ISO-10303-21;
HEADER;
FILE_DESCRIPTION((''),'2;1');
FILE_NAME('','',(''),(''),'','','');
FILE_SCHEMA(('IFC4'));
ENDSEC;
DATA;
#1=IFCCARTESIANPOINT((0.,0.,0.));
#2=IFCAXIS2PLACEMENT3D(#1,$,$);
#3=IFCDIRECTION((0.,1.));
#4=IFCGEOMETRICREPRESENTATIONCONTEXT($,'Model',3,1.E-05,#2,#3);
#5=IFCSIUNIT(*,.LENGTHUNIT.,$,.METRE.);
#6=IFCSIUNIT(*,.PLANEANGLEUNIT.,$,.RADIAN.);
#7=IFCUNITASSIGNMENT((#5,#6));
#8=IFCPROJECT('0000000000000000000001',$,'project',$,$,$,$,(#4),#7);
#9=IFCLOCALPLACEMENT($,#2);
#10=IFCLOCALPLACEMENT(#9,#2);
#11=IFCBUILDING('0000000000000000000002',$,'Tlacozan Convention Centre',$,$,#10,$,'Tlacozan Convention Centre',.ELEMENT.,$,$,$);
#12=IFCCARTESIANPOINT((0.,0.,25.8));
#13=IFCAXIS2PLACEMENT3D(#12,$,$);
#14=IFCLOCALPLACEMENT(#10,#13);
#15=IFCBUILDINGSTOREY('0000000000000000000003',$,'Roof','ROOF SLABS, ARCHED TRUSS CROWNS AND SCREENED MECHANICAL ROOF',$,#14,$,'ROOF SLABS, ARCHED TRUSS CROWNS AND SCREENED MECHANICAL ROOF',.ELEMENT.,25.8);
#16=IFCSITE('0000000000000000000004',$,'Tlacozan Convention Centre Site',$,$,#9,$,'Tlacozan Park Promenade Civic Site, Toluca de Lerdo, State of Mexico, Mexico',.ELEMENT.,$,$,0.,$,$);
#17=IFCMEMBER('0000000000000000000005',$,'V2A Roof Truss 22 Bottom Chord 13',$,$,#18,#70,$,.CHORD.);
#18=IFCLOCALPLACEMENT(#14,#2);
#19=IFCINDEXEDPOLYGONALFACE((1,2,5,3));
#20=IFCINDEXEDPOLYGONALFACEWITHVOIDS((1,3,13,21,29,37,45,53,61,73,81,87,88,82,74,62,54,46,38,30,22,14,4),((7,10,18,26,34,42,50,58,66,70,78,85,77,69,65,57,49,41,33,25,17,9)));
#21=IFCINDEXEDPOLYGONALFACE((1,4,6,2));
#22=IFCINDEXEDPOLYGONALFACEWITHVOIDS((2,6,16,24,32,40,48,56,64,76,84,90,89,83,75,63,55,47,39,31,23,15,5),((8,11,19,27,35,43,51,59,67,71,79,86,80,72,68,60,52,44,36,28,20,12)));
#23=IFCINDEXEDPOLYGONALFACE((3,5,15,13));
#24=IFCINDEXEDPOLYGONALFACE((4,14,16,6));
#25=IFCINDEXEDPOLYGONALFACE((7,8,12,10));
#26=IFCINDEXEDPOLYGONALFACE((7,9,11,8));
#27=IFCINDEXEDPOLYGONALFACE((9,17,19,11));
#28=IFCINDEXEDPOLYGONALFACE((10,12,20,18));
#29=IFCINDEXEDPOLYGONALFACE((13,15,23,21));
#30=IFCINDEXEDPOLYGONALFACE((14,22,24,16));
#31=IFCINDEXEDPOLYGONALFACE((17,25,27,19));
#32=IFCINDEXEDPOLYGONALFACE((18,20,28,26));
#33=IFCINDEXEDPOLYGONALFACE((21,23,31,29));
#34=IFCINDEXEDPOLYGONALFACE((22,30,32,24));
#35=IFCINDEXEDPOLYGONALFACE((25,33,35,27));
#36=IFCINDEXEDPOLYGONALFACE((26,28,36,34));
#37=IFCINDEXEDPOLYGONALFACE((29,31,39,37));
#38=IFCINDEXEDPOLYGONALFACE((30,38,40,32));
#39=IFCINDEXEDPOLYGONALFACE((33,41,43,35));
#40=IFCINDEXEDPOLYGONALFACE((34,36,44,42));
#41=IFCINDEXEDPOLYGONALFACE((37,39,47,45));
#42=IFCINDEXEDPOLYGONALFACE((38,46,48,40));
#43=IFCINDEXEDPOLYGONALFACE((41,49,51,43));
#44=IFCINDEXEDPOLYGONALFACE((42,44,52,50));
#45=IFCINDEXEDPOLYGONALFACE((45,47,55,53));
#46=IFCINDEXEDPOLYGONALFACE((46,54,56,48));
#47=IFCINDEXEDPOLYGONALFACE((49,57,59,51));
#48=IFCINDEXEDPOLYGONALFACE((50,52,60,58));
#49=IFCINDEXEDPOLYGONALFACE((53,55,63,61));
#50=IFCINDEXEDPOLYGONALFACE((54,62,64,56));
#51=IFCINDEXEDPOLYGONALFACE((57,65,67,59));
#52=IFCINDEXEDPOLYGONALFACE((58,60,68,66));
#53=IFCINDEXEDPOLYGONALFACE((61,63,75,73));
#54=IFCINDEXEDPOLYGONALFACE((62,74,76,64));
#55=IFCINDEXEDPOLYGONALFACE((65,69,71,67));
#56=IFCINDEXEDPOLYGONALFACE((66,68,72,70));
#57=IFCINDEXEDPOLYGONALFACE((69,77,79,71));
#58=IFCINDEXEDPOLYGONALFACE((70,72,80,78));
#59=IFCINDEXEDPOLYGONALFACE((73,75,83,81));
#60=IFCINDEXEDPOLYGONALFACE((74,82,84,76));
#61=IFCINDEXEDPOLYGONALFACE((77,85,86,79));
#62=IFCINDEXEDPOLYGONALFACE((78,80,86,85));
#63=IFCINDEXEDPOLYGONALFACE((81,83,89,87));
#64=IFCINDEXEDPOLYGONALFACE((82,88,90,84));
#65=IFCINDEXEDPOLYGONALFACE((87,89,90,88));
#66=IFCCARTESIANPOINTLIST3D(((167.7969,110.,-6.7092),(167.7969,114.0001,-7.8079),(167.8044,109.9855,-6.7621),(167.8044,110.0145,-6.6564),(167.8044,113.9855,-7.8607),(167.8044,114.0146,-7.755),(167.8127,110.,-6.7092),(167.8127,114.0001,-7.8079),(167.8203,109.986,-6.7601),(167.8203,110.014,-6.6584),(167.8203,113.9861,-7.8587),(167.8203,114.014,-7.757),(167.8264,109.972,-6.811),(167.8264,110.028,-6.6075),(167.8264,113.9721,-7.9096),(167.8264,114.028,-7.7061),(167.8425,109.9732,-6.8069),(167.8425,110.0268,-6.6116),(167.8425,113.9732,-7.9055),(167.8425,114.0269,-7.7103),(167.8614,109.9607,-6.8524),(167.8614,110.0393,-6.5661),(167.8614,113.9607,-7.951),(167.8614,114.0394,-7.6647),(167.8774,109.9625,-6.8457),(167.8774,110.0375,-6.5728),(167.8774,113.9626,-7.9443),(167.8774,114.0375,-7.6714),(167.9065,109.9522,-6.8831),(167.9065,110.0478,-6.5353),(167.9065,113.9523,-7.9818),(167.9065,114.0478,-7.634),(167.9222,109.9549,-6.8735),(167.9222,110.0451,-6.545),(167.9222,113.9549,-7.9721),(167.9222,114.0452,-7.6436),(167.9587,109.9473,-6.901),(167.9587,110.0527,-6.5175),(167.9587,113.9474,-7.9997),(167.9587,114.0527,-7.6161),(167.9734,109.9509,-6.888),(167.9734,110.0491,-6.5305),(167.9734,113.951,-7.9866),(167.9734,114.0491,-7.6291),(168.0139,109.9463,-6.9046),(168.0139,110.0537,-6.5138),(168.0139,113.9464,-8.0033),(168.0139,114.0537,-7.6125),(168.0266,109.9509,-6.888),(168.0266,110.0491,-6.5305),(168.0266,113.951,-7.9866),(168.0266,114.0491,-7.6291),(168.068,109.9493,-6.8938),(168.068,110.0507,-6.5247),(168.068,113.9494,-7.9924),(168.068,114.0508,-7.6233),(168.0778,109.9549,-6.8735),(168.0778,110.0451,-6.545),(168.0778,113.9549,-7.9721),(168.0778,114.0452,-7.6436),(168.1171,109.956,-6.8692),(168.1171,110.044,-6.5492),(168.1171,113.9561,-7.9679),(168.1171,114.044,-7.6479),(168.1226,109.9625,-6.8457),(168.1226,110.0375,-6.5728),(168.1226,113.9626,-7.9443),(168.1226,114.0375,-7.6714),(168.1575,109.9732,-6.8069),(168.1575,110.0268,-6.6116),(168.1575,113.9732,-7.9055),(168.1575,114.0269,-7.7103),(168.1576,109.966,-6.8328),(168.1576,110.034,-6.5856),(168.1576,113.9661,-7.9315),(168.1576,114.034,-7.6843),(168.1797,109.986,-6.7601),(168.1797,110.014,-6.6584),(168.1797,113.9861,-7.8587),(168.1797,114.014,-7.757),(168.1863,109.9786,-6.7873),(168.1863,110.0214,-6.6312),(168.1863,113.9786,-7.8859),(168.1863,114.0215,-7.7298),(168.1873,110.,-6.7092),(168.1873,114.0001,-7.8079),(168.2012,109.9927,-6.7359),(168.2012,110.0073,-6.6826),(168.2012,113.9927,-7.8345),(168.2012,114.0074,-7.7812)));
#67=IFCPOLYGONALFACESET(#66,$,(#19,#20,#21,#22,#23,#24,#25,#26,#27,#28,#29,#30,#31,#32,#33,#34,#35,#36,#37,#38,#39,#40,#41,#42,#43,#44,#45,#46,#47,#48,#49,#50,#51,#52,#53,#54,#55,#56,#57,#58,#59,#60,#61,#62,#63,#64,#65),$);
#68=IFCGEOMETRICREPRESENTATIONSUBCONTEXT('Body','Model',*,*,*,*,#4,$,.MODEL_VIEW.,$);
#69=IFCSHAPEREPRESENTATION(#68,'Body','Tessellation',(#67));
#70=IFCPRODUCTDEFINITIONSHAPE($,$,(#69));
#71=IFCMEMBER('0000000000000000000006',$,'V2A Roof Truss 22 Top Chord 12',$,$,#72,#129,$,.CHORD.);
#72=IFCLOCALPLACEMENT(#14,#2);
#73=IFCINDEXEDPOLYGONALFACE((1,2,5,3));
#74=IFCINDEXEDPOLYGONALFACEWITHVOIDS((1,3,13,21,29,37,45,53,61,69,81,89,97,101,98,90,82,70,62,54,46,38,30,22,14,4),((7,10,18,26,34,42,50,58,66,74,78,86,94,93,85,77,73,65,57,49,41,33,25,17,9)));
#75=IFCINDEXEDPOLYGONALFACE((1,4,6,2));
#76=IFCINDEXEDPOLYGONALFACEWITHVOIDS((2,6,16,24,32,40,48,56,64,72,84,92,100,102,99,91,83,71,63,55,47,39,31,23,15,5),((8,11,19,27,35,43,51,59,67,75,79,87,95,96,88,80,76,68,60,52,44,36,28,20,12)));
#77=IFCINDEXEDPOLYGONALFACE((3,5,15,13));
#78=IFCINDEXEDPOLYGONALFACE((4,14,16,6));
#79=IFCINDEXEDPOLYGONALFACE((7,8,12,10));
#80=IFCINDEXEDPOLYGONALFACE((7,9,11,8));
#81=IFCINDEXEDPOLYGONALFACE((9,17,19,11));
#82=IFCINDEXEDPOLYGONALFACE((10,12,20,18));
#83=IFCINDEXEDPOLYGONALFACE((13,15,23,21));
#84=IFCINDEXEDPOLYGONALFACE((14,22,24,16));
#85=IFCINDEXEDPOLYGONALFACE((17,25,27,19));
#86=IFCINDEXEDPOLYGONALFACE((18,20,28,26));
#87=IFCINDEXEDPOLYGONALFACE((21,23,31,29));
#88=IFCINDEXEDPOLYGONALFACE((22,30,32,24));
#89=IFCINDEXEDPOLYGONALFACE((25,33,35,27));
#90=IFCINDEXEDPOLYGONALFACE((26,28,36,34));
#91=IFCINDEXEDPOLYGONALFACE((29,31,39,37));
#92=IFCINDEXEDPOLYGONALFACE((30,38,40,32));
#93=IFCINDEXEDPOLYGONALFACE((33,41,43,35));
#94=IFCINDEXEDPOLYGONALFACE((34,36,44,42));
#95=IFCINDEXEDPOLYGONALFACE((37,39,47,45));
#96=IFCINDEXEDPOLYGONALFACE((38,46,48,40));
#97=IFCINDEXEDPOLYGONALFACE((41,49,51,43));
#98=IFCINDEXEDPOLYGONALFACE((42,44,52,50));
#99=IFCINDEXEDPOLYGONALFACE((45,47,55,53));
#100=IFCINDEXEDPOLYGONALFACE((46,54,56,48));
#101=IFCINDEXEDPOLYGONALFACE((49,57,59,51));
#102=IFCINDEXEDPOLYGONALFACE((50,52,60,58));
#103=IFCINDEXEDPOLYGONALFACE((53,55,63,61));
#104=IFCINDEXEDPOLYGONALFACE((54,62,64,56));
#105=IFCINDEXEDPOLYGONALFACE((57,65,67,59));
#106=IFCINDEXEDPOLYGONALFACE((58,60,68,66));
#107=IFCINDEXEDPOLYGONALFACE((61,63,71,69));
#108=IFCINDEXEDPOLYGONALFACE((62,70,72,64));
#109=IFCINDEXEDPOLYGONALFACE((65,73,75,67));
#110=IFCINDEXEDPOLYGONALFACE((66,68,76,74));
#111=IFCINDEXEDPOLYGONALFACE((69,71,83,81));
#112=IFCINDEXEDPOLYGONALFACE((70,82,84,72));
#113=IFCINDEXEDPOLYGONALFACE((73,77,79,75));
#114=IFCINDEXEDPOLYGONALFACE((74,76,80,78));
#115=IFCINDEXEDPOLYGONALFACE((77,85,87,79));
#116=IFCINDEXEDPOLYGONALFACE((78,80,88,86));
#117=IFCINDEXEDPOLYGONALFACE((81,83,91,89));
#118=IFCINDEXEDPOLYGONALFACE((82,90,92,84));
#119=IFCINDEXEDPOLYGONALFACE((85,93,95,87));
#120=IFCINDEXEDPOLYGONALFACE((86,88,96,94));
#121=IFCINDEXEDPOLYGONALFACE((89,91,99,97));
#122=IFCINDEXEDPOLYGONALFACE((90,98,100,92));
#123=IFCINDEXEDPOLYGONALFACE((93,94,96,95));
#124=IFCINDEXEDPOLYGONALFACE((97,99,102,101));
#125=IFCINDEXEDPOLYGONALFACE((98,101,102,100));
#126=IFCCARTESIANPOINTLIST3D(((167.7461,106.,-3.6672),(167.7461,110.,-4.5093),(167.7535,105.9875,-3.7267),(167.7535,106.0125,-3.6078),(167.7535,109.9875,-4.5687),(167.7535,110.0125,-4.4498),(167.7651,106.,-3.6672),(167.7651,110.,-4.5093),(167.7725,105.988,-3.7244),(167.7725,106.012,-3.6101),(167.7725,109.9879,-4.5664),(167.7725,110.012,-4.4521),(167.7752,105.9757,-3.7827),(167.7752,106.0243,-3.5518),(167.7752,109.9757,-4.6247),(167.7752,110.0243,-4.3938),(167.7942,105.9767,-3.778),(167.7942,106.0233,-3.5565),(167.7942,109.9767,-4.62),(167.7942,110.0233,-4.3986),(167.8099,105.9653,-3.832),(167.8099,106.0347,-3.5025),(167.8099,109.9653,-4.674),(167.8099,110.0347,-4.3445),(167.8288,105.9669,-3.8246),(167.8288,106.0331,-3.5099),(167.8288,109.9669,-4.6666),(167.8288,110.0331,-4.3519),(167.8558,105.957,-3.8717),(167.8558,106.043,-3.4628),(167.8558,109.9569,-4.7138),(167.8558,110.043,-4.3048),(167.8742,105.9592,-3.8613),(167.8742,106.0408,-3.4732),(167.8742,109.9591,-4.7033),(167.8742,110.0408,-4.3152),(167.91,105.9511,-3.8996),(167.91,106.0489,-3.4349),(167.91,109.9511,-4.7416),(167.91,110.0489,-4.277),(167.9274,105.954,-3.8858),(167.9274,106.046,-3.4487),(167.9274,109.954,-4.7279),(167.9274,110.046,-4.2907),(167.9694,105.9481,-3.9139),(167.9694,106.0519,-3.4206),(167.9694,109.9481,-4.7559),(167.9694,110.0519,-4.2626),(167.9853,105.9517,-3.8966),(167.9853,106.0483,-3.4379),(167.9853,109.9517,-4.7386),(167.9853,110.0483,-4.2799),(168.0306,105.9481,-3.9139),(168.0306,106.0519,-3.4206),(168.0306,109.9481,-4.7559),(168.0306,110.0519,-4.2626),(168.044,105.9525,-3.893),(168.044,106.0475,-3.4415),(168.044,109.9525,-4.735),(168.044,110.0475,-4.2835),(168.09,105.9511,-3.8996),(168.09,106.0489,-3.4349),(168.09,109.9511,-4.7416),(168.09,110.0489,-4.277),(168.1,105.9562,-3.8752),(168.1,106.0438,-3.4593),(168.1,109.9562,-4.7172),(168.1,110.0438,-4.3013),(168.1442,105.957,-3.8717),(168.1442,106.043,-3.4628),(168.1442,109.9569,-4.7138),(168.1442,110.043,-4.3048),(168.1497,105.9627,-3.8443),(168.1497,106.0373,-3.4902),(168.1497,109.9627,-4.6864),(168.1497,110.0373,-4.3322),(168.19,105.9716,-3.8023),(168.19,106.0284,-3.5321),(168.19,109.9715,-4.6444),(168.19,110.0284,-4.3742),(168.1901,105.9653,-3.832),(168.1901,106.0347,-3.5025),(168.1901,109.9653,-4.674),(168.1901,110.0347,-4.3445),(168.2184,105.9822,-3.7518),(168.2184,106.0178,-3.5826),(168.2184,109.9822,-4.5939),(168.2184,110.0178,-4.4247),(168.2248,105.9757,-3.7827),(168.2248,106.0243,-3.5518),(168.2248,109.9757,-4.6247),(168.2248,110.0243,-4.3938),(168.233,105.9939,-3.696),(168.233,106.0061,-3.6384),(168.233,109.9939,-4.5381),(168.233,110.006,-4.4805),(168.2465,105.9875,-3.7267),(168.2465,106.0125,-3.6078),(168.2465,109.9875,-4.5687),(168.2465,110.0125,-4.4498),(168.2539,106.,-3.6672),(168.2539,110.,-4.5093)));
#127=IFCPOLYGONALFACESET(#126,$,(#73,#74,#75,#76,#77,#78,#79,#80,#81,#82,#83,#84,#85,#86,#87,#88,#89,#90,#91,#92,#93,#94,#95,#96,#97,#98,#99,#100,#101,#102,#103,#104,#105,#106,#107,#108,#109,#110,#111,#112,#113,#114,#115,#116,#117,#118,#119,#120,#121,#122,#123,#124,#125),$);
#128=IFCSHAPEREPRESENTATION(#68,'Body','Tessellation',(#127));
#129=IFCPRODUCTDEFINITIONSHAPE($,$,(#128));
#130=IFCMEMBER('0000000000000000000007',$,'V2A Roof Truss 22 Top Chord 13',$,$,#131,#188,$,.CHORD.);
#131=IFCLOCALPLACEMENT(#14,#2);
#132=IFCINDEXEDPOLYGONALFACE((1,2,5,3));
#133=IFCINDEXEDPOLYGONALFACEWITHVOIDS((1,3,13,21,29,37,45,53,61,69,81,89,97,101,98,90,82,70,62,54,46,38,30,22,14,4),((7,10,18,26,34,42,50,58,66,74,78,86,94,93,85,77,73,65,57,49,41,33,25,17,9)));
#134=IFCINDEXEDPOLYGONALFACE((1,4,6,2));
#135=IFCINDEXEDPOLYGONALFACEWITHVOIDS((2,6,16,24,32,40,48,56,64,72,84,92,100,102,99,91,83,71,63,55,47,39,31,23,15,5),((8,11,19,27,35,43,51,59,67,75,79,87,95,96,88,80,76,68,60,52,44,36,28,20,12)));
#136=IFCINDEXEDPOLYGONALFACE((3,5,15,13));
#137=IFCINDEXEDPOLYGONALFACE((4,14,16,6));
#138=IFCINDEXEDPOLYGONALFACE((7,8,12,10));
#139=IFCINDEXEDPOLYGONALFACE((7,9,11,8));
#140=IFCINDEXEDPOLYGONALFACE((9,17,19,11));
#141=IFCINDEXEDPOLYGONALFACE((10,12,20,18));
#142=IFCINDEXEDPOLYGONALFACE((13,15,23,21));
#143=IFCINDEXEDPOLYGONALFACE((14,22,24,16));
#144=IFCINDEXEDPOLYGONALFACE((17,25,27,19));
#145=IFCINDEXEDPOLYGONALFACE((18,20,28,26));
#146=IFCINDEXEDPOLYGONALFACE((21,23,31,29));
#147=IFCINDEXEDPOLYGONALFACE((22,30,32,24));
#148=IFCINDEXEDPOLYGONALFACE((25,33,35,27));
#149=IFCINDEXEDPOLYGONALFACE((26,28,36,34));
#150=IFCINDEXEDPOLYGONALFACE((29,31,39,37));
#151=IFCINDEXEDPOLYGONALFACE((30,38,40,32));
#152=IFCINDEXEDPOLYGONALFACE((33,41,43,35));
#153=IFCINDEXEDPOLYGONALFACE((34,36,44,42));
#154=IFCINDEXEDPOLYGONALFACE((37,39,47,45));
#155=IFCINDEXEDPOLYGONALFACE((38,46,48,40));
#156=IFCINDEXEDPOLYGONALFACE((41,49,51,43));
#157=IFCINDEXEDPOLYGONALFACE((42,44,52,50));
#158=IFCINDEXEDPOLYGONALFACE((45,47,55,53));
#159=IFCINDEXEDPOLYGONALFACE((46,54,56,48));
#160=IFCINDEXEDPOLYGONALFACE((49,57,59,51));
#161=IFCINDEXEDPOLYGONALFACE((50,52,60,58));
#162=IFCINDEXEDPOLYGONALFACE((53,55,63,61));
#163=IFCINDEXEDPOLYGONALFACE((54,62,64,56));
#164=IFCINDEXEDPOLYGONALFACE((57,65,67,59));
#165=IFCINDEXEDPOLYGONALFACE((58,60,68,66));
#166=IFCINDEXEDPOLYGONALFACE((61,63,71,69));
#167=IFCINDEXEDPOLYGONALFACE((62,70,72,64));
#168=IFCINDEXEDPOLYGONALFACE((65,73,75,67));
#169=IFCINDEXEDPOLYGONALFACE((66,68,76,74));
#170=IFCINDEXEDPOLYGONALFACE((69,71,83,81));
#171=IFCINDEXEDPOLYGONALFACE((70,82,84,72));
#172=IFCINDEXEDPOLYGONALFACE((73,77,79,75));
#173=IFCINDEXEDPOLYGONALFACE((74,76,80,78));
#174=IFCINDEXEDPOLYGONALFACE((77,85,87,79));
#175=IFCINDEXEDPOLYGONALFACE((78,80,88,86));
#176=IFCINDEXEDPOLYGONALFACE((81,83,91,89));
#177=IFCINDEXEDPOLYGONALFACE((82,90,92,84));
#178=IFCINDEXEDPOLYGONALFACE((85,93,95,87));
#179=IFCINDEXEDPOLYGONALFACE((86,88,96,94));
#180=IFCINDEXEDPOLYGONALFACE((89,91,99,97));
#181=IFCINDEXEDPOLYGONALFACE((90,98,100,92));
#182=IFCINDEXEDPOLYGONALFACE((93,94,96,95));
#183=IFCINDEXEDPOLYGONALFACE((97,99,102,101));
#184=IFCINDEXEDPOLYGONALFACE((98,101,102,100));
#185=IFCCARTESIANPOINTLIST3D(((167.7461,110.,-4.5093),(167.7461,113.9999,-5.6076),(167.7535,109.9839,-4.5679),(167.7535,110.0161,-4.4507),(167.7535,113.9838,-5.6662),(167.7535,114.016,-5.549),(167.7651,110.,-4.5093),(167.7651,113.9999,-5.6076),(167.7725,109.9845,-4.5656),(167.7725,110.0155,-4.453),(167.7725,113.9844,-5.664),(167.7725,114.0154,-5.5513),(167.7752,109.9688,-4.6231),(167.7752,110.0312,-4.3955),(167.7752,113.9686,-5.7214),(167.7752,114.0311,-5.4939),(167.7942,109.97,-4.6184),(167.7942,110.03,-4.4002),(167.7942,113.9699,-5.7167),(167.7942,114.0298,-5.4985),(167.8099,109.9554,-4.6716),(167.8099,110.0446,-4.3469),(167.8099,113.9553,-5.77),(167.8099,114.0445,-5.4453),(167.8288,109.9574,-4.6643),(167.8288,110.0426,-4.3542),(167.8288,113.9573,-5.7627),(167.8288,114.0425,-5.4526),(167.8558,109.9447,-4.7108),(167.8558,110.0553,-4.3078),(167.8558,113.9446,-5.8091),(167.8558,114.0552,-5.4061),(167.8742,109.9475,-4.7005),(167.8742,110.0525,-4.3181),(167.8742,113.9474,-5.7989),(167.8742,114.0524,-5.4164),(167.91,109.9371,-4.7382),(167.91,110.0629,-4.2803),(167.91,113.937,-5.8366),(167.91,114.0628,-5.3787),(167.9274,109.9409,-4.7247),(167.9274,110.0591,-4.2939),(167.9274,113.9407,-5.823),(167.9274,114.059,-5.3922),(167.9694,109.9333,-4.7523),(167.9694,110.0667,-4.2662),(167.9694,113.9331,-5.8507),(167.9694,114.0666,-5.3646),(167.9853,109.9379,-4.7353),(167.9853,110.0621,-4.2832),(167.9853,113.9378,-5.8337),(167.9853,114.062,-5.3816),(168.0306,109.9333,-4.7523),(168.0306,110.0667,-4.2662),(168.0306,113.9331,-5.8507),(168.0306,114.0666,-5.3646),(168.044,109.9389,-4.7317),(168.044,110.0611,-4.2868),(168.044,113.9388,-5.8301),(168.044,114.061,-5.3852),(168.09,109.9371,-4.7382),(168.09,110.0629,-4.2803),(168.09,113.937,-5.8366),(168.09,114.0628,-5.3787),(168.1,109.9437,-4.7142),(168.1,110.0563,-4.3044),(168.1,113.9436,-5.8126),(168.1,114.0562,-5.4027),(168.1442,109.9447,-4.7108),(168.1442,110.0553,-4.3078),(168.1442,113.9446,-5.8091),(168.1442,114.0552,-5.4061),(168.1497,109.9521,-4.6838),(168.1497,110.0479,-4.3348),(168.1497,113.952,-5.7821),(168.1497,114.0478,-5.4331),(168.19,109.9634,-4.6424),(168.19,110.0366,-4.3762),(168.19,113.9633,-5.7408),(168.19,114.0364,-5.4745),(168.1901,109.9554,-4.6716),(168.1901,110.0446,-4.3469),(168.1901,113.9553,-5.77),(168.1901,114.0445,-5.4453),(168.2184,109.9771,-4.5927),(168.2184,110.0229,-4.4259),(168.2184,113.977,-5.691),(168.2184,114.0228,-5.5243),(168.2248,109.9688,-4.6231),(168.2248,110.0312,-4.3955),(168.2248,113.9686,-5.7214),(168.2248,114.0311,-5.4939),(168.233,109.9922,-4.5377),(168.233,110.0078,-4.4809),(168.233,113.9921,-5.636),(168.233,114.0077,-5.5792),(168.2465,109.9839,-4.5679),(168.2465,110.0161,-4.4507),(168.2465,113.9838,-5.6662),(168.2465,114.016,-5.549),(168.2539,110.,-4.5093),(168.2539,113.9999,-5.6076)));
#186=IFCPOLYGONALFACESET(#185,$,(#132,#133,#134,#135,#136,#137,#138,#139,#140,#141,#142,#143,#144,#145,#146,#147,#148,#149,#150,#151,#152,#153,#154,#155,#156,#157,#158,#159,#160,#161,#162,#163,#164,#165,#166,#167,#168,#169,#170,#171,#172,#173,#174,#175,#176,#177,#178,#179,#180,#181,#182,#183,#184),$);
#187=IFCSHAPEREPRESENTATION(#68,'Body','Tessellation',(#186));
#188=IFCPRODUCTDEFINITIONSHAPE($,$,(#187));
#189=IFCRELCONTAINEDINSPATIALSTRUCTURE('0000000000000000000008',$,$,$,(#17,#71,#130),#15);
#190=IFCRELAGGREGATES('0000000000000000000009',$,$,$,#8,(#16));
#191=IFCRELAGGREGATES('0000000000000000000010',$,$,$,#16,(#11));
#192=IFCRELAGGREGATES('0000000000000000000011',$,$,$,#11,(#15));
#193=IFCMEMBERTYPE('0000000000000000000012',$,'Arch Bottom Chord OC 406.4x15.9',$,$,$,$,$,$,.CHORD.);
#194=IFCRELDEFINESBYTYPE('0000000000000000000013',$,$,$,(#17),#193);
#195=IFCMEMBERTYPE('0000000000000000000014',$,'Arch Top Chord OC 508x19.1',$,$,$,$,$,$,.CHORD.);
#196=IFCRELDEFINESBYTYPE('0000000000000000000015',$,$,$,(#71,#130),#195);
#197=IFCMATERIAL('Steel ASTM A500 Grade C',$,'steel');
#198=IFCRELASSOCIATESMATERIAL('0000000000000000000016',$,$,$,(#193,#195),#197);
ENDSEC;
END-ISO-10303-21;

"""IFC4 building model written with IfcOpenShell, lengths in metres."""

from ifc_helpers import new_model, si_unit, direction, frame, origin, origin_2d, place, context, subcontext, project, spatial, hollow_circle, extrude, material, material_profile, profile_set, type_object, element, save


model = new_model("IFC4")

# Units and contexts
model_context = context("Model", 3, precision=1e-05, world=origin(), true_north=direction((0.0, 1.0)))
body_context = subcontext(model_context, "Body", "Model", "MODEL_VIEW")
ifc_project = project(units=[si_unit("LENGTHUNIT", "METRE"), si_unit("PLANEANGLEUNIT", "RADIAN")], contexts=[model_context])

# Site, building, storey
site_placement = place(None, origin())
site = spatial("IfcSite", under=ifc_project, at=site_placement, Name="Tlacozan Convention Centre Site", LongName="Tlacozan Park Promenade Civic Site, Toluca de Lerdo, State of Mexico, Mexico", CompositionType="ELEMENT", RefElevation=0.0)
building_placement = place(site_placement, origin())
building = spatial("IfcBuilding", under=site, at=building_placement, Name="Tlacozan Convention Centre", LongName="Tlacozan Convention Centre", CompositionType="ELEMENT")
storey_placement = place(building_placement, frame((0.0, 0.0, 25.8)))
storey = spatial("IfcBuildingStorey", under=building, at=storey_placement, Name="Roof", Description="ROOF SLABS, ARCHED TRUSS CROWNS AND SCREENED MECHANICAL ROOF", LongName="ROOF SLABS, ARCHED TRUSS CROWNS AND SCREENED MECHANICAL ROOF", CompositionType="ELEMENT", Elevation=25.8)

# Members
ifc_material_1 = material(Name="Steel ASTM A500 Grade C", Category="steel")
ifc_material_profile_1 = material_profile(ifc_material_1, hollow_circle(Radius=0.2031, WallThickness=0.0159, at=origin_2d()), Name="OC 406.4x15.9")
ifc_profile_set_1 = profile_set([ifc_material_profile_1], Name="Steel ASTM A500 Grade C")
member_type_1 = type_object("IfcMemberType", Name="Arch Bottom Chord OC 406.4x15.9", PredefinedType="CHORD", material=ifc_profile_set_1)
member_1_placement = place(storey_placement, frame((168.0, 110.0, -6.7092), z_axis=(0.0, 0.96429, -0.26485), x_axis=(-1.0, 0.0, 0.0)))
element("IfcMember", 1, at=member_1_placement, inside=storey, type_object=member_type_1, Name="V2A Roof Truss 22 Bottom Chord 13", PredefinedType="CHORD", context=body_context, shape_type="SweptSolid", body=[
    extrude(hollow_circle(Radius=0.2031, WallThickness=0.0159, at=origin_2d()), origin(), (0.0, 0.0, 1.0), 4.1482),
])
ifc_material_profile_2 = material_profile(ifc_material_1, hollow_circle(Radius=0.2539, WallThickness=0.019, at=origin_2d()), Name="OC 508.0x19.1")
ifc_profile_set_2 = profile_set([ifc_material_profile_2], Name="Steel ASTM A500 Grade C")
member_type_2 = type_object("IfcMemberType", Name="Arch Top Chord OC 508x19.1", PredefinedType="CHORD", material=ifc_profile_set_2)
member_2_placement = place(storey_placement, frame((168.0, 106.0, -3.6672), z_axis=(0.0, 0.978553, -0.205995), x_axis=(-1.0, 0.0, 0.0)))
element("IfcMember", 2, at=member_2_placement, inside=storey, type_object=member_type_2, Name="V2A Roof Truss 22 Top Chord 12", PredefinedType="CHORD", context=body_context, shape_type="SweptSolid", body=[
    extrude(hollow_circle(Radius=0.2539, WallThickness=0.019, at=origin_2d()), origin(), (0.0, 0.0, 1.0), 4.0876),
])
member_3_placement = place(storey_placement, frame((168.0, 110.0, -4.5093), z_axis=(0.0, 0.964305, -0.264795), x_axis=(-1.0, 0.0, 0.0)))
element("IfcMember", 3, at=member_3_placement, inside=storey, type_object=member_type_2, Name="V2A Roof Truss 22 Top Chord 13", PredefinedType="CHORD", context=body_context, shape_type="SweptSolid", body=[
    extrude(hollow_circle(Radius=0.2539, WallThickness=0.019, at=origin_2d()), origin(), (0.0, 0.0, 1.0), 4.1479),
])

save(model, "model.ifc")
